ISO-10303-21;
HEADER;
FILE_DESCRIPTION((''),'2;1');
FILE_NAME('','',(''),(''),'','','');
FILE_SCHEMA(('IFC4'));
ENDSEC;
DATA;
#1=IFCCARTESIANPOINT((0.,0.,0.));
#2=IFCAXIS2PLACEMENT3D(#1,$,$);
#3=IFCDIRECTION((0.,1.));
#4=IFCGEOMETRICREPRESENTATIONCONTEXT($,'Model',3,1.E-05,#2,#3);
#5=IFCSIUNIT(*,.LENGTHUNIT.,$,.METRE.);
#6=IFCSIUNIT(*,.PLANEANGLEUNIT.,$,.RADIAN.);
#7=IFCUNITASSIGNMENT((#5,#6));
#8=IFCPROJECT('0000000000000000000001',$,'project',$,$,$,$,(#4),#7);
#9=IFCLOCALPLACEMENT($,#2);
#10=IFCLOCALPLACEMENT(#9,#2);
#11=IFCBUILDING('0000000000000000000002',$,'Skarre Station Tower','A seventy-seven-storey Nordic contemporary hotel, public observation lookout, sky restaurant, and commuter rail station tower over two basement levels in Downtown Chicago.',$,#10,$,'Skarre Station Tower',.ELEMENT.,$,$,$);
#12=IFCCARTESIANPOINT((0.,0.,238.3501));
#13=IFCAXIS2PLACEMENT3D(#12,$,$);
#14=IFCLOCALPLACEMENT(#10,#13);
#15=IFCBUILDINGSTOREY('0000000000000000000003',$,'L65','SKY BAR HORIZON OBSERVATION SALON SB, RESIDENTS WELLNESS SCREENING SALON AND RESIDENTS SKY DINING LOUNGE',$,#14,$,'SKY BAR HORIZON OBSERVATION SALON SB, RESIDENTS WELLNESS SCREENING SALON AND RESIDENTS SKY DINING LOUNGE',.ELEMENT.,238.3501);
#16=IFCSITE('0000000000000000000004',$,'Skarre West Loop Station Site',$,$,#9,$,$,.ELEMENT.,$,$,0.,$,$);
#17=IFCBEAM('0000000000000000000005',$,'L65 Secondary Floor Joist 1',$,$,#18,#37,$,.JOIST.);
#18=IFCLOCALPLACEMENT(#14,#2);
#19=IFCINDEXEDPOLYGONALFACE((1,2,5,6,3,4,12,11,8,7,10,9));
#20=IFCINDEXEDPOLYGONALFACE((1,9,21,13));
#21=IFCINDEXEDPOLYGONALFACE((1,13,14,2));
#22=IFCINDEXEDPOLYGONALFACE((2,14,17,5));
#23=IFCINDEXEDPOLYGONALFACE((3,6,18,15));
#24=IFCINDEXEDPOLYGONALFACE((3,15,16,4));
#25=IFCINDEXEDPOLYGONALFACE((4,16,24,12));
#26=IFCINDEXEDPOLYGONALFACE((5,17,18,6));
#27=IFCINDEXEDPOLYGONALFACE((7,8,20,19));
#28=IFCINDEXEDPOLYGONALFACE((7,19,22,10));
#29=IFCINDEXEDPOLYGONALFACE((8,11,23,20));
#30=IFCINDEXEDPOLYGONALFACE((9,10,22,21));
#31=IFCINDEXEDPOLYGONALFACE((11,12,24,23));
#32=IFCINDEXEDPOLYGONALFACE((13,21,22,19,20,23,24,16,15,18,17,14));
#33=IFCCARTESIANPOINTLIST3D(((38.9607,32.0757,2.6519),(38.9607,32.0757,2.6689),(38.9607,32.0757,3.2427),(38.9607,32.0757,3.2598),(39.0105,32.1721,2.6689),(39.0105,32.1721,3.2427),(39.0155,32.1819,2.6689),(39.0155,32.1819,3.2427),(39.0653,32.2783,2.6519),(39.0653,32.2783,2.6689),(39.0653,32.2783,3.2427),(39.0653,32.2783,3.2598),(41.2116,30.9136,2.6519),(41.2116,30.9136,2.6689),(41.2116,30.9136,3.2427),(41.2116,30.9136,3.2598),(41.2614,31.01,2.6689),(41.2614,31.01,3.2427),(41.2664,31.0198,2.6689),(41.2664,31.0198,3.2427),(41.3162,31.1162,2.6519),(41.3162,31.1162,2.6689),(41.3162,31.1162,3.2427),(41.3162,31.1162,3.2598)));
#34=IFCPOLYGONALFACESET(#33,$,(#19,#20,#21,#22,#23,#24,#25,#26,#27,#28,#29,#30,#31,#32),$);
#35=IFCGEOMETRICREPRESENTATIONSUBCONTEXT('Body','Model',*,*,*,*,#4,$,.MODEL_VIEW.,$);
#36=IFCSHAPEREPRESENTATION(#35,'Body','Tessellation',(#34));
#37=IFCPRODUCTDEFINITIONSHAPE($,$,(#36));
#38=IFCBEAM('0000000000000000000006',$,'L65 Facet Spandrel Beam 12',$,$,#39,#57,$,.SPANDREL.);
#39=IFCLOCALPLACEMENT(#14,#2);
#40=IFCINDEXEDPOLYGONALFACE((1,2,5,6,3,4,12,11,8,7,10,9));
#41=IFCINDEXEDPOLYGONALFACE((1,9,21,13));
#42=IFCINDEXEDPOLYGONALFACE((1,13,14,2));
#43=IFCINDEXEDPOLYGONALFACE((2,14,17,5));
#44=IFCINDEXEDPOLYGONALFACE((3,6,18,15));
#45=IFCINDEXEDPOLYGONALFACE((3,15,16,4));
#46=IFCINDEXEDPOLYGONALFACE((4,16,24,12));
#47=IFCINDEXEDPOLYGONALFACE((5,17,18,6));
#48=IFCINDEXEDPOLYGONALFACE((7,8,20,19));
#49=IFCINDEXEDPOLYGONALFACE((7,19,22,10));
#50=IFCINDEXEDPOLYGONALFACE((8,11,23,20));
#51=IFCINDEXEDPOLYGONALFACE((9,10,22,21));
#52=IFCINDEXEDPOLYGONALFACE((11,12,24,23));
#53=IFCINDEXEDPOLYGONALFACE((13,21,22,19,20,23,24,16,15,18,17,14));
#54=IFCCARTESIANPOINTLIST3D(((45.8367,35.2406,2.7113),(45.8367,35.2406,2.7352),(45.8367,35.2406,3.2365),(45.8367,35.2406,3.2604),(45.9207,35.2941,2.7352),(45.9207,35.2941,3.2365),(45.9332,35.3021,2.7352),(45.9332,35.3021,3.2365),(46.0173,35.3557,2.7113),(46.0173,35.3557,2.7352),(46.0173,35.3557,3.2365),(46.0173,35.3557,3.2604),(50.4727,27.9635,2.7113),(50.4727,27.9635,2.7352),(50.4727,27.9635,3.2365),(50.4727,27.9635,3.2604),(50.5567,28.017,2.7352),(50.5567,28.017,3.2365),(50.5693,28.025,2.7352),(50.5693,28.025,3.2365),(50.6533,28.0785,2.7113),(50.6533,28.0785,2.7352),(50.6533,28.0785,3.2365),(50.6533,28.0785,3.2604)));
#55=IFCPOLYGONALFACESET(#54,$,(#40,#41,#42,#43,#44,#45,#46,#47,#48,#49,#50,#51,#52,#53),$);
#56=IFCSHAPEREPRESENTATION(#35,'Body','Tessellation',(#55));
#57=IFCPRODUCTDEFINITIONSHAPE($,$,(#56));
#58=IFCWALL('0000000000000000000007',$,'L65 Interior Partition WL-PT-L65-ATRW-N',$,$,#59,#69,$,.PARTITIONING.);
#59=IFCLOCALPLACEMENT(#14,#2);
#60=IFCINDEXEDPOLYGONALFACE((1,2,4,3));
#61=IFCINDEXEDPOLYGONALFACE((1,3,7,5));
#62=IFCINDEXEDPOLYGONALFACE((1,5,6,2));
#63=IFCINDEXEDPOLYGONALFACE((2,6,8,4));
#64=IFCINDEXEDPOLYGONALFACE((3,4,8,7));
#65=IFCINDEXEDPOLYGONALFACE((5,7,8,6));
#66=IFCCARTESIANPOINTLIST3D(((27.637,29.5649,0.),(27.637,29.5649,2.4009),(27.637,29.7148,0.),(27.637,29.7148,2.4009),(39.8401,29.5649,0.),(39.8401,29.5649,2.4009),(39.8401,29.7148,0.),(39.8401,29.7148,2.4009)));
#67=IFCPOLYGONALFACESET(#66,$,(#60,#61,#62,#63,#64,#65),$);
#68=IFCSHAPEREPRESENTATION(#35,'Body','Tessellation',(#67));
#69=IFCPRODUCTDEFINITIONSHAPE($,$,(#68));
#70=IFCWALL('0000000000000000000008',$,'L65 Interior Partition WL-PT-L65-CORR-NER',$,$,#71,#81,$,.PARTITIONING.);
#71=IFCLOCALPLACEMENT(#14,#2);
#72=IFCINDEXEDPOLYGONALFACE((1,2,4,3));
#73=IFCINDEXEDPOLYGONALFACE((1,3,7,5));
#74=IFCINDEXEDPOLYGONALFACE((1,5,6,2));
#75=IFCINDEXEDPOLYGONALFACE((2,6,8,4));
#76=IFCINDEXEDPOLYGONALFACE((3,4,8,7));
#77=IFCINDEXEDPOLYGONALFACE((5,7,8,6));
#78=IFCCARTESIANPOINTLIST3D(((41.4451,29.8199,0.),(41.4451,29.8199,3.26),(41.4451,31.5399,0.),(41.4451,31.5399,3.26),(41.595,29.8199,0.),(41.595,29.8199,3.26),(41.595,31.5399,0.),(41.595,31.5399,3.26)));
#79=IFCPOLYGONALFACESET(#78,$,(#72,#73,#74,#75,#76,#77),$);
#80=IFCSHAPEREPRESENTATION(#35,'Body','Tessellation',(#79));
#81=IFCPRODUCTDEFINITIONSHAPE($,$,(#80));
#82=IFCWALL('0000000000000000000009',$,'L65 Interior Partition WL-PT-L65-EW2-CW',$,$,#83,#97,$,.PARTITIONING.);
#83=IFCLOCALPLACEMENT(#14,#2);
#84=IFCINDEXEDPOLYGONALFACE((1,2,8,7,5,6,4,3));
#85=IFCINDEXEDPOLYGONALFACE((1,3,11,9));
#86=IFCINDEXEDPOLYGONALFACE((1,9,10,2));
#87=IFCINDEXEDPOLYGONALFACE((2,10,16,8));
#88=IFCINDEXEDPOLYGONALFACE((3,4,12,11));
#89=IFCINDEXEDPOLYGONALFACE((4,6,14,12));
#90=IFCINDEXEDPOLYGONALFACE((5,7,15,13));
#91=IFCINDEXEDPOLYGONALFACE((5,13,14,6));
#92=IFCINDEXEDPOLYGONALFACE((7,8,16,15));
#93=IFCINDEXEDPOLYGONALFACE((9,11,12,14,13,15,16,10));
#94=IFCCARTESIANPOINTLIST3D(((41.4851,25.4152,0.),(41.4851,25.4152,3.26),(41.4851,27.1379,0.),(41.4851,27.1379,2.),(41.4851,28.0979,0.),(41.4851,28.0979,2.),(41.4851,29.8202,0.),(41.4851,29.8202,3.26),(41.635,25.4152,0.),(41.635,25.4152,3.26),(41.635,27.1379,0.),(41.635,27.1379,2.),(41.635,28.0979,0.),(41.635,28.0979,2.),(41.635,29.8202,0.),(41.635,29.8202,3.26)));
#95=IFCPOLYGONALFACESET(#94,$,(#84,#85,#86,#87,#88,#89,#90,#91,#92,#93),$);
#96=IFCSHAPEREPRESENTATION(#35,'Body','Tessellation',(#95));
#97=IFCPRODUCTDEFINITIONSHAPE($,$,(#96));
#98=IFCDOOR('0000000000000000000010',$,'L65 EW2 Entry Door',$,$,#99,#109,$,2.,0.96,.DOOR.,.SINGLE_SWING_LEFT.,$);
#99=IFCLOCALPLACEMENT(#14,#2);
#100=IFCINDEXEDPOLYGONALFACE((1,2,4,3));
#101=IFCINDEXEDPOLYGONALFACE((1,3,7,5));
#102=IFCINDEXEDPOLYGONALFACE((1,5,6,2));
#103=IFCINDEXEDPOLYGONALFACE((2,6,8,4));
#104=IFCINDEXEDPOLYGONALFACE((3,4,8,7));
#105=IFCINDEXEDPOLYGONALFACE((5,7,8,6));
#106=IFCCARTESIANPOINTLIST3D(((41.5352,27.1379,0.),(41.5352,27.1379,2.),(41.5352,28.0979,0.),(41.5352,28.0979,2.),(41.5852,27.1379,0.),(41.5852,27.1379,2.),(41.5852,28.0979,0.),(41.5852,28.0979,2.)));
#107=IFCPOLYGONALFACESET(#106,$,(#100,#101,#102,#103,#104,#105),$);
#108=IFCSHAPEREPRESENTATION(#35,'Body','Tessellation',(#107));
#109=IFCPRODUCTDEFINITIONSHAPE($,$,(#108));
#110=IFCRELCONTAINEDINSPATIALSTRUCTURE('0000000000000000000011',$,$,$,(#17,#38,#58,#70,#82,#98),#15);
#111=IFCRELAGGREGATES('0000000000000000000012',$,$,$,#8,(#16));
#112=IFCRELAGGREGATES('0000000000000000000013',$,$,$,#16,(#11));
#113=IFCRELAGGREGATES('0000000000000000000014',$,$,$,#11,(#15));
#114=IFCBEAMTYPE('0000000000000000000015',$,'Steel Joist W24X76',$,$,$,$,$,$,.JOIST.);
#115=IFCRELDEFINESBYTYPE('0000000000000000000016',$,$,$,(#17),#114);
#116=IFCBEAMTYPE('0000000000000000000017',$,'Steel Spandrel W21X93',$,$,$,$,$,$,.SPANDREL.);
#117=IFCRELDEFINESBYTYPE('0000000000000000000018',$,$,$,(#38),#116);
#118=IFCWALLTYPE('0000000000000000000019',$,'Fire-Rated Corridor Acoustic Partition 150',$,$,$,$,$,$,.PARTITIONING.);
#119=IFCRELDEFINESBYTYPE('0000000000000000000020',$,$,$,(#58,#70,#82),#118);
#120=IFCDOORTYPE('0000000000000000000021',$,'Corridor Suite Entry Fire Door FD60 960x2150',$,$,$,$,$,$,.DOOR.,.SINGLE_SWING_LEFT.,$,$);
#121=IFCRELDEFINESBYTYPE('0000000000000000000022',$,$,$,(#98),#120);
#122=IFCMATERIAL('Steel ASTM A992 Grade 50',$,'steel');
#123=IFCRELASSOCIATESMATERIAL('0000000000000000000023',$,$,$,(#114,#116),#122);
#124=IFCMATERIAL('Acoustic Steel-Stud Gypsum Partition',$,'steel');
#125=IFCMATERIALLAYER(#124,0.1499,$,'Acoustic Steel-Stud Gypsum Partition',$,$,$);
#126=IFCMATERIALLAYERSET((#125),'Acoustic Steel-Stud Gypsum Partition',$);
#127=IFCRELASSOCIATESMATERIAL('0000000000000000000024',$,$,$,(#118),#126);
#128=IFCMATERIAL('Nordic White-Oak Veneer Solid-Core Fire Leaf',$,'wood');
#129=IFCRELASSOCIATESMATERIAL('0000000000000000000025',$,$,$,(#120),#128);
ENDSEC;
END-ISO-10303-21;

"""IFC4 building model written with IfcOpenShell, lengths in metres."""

from ifc_helpers import new_model, si_unit, direction, frame, frame_2d, origin, origin_2d, place, context, subcontext, project, spatial, rectangle, i_section, extrude, material, layer, layer_set, material_profile, profile_set, type_object, element, fill, save


model = new_model("IFC4")

# Units and contexts
model_context = context("Model", 3, precision=1e-05, world=origin(), true_north=direction((0.0, 1.0)))
body_context = subcontext(model_context, "Body", "Model", "MODEL_VIEW")
ifc_project = project(units=[si_unit("LENGTHUNIT", "METRE"), si_unit("PLANEANGLEUNIT", "RADIAN")], contexts=[model_context])

# Site, building, storey
site_placement = place(None, origin())
site = spatial("IfcSite", under=ifc_project, at=site_placement, Name="Skarre West Loop Station Site", CompositionType="ELEMENT", RefElevation=0.0)
building_placement = place(site_placement, origin())
building = spatial("IfcBuilding", under=site, at=building_placement, Name="Skarre Station Tower", Description="A seventy-seven-storey Nordic contemporary hotel, public observation lookout, sky restaurant, and commuter rail station tower over two basement levels in Downtown Chicago.", LongName="Skarre Station Tower", CompositionType="ELEMENT")
storey_placement = place(building_placement, frame((0.0, 0.0, 238.3501)))
storey = spatial("IfcBuildingStorey", under=building, at=storey_placement, Name="L65", Description="SKY BAR HORIZON OBSERVATION SALON SB, RESIDENTS WELLNESS SCREENING SALON AND RESIDENTS SKY DINING LOUNGE", LongName="SKY BAR HORIZON OBSERVATION SALON SB, RESIDENTS WELLNESS SCREENING SALON AND RESIDENTS SKY DINING LOUNGE", CompositionType="ELEMENT", Elevation=238.3501)

# Beams
ifc_material_1 = material(Name="Steel ASTM A992 Grade 50", Category="steel")
ifc_material_profile_1 = material_profile(ifc_material_1, i_section(OverallWidth=0.228, OverallDepth=0.6079, WebThickness=0.011, FlangeThickness=0.0171, at=origin_2d()), Name="Steel ASTM A992 Grade 50")
ifc_profile_set_1 = profile_set([ifc_material_profile_1], Name="Steel ASTM A992 Grade 50")
beam_type_1 = type_object("IfcBeamType", Name="Steel Joist W24X76", PredefinedType="JOIST", material=ifc_profile_set_1)
beam_1_placement = place(storey_placement, frame((41.2639, 31.0149, 2.9558), z_axis=(-0.88857, 0.458741, 0.0), x_axis=(-0.458741, -0.88857, 0.0)))
element("IfcBeam", 1, at=beam_1_placement, inside=storey, type_object=beam_type_1, Name="L65 Secondary Floor Joist 1", PredefinedType="JOIST", context=body_context, shape_type="SweptSolid", body=[
    extrude(i_section(OverallWidth=0.228, OverallDepth=0.6079, WebThickness=0.011, FlangeThickness=0.0171, at=origin_2d()), origin(), (0.0, 0.0, 1.0), 2.5332),
])
ifc_material_profile_2 = material_profile(ifc_material_1, i_section(OverallWidth=0.2141, OverallDepth=0.5491, WebThickness=0.0149, FlangeThickness=0.0239, at=origin_2d()), Name="Steel ASTM A992 Grade 50")
ifc_profile_set_2 = profile_set([ifc_material_profile_2], Name="Steel ASTM A992 Grade 50")
beam_type_2 = type_object("IfcBeamType", Name="Steel Spandrel W21X93", PredefinedType="SPANDREL", material=ifc_profile_set_2)
beam_2_placement = place(storey_placement, frame((50.563, 28.021, 2.9858), z_axis=(-0.537297, 0.843393, 0.0), x_axis=(-0.843393, -0.537297, 0.0)))
element("IfcBeam", 2, at=beam_2_placement, inside=storey, type_object=beam_type_2, Name="L65 Facet Spandrel Beam 12", PredefinedType="SPANDREL", context=body_context, shape_type="SweptSolid", body=[
    extrude(i_section(OverallWidth=0.2141, OverallDepth=0.5491, WebThickness=0.0149, FlangeThickness=0.0239, at=origin_2d()), origin(), (0.0, 0.0, 1.0), 8.6284),
])

# Walls
ifc_material_2 = material(Name="Acoustic Steel-Stud Gypsum Partition", Category="steel")
ifc_layer_1 = layer(ifc_material_2, 0.1499, Name="Acoustic Steel-Stud Gypsum Partition")
ifc_layer_set_1 = layer_set([ifc_layer_1], Name="Acoustic Steel-Stud Gypsum Partition")
wall_type_1 = type_object("IfcWallType", Name="Fire-Rated Corridor Acoustic Partition 150", PredefinedType="PARTITIONING", material=ifc_layer_set_1)
wall_1_placement = place(storey_placement, frame((39.8401, 29.6399, 0.0), z_axis=(0.0, 0.0, 1.0), x_axis=(-1.0, 0.0, 0.0)))
element("IfcWall", 3, at=wall_1_placement, inside=storey, type_object=wall_type_1, Name="L65 Interior Partition WL-PT-L65-ATRW-N", PredefinedType="PARTITIONING", context=body_context, shape_type="SweptSolid", body=[
    extrude(rectangle(XDim=12.2031, YDim=0.1499, at=frame_2d((6.1016, 0.0))), origin(), (0.0, 0.0, 1.0), 2.4009),
])
wall_2_placement = place(storey_placement, frame((41.52, 29.8201, 0.0), z_axis=(0.0, 0.0, 1.0), x_axis=(0.0, 1.0, 0.0)))
element("IfcWall", 4, at=wall_2_placement, inside=storey, type_object=wall_type_1, Name="L65 Interior Partition WL-PT-L65-CORR-NER", PredefinedType="PARTITIONING", context=body_context, shape_type="SweptSolid", body=[
    extrude(rectangle(XDim=1.72, YDim=0.1499, at=frame_2d((0.8599, 0.0))), origin(), (0.0, 0.0, 1.0), 3.26),
])

# Wall, opening, door
wall_3_placement = place(storey_placement, frame((41.5601, 25.415, 0.0), z_axis=(0.0, 0.0, 1.0), x_axis=(0.0, 1.0, 0.0)))
wall_3 = element("IfcWall", 5, at=wall_3_placement, inside=storey, type_object=wall_type_1, Name="L65 Interior Partition WL-PT-L65-EW2-CW", PredefinedType="PARTITIONING", context=body_context, shape_type="SweptSolid", body=[
    extrude(rectangle(XDim=4.405, YDim=0.1499, at=frame_2d((2.2026, 0.0))), origin(), (0.0, 0.0, 1.0), 3.26),
])
opening_1_placement = place(wall_3_placement, frame((1.7229, 0.0, 0.0)))
opening_1 = element("IfcOpeningElement", 6, at=opening_1_placement, cuts=wall_3, PredefinedType="OPENING", context=body_context, shape_type="SweptSolid", body=[
    extrude(rectangle(XDim=0.96, YDim=2.0, at=frame_2d((0.48, 1.0))), frame((0.0, 0.085, 0.0), z_axis=(0.0, -1.0, 0.0), x_axis=(1.0, 0.0, 0.0)), (0.0, 0.0, 1.0), 0.1699),
])
ifc_material_3 = material(Name="Nordic White-Oak Veneer Solid-Core Fire Leaf", Category="wood")
door_type = type_object("IfcDoorType", Name="Corridor Suite Entry Fire Door FD60 960x2150", OperationType="SINGLE_SWING_LEFT", PredefinedType="DOOR", material=ifc_material_3)
door_placement = place(opening_1_placement, origin())
door = element("IfcDoor", 7, at=door_placement, inside=storey, type_object=door_type, Name="L65 EW2 Entry Door", OperationType="SINGLE_SWING_LEFT", OverallHeight=2.0, OverallWidth=0.96, PredefinedType="DOOR", context=body_context, shape_type="SweptSolid", body=[
    extrude(rectangle(XDim=0.96, YDim=2.0, at=frame_2d((0.48, 1.0))), frame((0.0, 0.0249, 0.0), z_axis=(0.0, -1.0, 0.0), x_axis=(1.0, 0.0, 0.0)), (0.0, 0.0, 1.0), 0.05),
])
fill(opening_1, door)

save(model, "model.ifc")
